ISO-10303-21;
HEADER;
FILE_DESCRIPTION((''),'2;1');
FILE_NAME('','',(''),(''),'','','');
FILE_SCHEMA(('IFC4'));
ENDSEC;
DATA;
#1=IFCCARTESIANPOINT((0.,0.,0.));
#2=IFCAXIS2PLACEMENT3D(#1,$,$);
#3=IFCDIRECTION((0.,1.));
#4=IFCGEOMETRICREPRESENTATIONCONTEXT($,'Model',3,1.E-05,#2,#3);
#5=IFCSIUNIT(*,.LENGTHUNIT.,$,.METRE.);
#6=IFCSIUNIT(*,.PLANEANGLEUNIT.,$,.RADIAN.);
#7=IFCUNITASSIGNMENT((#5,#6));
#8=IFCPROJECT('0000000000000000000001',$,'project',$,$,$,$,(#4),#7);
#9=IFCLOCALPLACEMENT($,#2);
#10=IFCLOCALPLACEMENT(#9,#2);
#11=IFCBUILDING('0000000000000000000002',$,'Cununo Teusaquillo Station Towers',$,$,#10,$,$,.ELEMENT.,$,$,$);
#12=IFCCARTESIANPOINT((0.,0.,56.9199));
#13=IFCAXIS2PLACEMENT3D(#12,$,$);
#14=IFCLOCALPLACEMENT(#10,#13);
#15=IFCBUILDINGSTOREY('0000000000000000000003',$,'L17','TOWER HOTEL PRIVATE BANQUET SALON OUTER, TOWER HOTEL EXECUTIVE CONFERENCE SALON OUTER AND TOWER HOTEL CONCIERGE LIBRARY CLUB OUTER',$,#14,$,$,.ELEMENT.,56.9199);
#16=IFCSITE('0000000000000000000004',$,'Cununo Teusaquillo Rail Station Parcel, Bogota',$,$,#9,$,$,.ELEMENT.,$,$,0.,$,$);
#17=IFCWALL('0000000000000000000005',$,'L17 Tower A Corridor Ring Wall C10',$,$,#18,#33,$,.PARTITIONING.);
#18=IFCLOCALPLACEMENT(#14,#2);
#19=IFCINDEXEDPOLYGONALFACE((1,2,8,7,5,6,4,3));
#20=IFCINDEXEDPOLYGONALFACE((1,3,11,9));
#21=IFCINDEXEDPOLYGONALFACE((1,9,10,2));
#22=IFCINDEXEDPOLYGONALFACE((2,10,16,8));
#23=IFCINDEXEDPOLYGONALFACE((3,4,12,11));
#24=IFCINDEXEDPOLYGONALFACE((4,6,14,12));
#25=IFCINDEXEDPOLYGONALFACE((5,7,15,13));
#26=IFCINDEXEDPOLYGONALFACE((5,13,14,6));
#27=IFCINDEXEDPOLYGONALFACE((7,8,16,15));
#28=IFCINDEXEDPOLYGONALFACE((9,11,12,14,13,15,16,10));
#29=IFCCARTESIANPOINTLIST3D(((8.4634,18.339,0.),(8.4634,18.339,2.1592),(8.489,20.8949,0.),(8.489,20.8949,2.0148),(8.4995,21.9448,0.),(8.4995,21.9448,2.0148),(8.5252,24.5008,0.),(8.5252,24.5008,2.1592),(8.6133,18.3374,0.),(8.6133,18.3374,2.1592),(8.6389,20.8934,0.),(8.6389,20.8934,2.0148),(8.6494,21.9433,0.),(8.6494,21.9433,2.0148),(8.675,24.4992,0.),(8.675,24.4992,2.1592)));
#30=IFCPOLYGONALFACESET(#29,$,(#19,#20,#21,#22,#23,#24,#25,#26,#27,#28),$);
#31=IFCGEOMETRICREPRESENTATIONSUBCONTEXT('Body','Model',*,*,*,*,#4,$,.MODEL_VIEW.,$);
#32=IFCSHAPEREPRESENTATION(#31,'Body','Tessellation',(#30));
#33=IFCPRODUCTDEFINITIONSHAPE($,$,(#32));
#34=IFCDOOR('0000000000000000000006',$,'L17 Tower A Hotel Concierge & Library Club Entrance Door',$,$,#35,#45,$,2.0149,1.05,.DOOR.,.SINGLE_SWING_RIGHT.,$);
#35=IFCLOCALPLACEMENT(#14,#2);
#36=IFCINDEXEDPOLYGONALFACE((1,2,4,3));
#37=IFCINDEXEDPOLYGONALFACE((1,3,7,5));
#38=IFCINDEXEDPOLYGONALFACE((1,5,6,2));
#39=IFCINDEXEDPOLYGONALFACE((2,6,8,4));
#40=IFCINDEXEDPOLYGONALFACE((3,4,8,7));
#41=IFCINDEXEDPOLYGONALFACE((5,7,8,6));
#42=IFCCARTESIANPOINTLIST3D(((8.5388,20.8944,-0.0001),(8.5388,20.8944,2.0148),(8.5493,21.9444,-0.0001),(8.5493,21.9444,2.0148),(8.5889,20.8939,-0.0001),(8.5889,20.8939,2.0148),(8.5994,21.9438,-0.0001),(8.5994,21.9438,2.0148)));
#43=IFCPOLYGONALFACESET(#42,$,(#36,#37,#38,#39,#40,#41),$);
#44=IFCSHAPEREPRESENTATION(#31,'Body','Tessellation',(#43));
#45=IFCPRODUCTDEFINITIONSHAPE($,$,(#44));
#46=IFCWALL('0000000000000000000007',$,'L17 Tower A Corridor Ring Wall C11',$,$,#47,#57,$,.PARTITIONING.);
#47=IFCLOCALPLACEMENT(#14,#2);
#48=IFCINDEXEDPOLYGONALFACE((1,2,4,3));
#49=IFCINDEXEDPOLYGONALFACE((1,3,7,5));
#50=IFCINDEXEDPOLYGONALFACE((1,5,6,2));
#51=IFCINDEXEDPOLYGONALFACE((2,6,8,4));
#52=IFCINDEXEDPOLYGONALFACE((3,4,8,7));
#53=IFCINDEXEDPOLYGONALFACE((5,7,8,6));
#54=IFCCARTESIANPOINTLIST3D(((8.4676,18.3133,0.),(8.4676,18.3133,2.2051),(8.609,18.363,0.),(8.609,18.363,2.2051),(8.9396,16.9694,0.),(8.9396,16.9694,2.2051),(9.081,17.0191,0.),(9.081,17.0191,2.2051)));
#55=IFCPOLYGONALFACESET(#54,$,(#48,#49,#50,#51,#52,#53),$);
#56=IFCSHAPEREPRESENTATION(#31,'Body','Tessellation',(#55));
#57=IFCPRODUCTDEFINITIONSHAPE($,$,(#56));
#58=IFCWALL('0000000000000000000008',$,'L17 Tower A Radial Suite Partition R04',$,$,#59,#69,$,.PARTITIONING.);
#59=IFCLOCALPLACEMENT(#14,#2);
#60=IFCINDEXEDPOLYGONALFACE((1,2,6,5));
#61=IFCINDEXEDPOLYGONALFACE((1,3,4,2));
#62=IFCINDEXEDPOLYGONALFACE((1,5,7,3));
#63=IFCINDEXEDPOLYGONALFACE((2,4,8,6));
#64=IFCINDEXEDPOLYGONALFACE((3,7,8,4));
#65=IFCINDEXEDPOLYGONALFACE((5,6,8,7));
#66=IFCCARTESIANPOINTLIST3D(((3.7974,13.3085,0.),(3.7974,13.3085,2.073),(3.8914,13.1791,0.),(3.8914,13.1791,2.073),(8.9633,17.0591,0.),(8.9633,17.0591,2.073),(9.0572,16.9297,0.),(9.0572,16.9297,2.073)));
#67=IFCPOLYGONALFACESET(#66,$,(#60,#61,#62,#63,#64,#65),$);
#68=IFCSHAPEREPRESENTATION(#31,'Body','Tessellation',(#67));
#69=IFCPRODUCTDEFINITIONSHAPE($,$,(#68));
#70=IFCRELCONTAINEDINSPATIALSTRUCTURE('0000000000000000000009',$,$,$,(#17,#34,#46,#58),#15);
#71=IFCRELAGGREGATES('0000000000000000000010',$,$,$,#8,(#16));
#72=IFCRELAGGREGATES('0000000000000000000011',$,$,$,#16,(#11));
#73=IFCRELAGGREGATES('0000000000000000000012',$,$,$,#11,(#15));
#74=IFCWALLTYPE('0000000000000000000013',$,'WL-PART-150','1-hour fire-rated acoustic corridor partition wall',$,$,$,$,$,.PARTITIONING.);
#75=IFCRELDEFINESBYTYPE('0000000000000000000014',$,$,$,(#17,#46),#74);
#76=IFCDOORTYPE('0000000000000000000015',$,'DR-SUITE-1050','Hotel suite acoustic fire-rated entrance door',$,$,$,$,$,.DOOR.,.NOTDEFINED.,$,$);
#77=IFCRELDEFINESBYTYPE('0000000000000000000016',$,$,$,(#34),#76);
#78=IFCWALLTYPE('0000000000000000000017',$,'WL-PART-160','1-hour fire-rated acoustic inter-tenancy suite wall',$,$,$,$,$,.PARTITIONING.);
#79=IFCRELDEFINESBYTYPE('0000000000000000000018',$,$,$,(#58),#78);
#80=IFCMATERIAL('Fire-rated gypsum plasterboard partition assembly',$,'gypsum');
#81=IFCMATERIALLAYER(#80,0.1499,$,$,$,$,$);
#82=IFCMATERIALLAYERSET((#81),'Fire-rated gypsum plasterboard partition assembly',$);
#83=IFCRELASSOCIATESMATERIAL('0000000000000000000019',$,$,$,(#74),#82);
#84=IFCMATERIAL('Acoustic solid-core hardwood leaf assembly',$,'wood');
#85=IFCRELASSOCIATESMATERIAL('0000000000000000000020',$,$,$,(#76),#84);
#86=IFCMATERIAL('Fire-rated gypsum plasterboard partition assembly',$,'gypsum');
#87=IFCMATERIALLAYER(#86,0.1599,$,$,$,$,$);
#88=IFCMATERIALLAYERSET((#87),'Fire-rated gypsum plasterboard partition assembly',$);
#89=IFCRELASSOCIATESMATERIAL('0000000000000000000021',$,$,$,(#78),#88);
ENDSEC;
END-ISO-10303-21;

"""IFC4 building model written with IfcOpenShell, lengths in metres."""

from ifc_helpers import new_model, si_unit, direction, frame, frame_2d, origin, place, context, subcontext, project, spatial, rectangle, extrude, source, transform, mapped, material, layer, layer_set, type_object, element, fill, save


model = new_model("IFC4")

# Units and contexts
model_context = context("Model", 3, precision=1e-05, world=origin(), true_north=direction((0.0, 1.0)))
body_context = subcontext(model_context, "Body", "Model", "MODEL_VIEW")
ifc_project = project(units=[si_unit("LENGTHUNIT", "METRE"), si_unit("PLANEANGLEUNIT", "RADIAN")], contexts=[model_context])

# Site, building, storey
site_placement = place(None, origin())
site = spatial("IfcSite", under=ifc_project, at=site_placement, Name="Cununo Teusaquillo Rail Station Parcel, Bogota", CompositionType="ELEMENT", RefElevation=0.0)
building_placement = place(site_placement, origin())
building = spatial("IfcBuilding", under=site, at=building_placement, Name="Cununo Teusaquillo Station Towers", CompositionType="ELEMENT")
storey_placement = place(building_placement, frame((0.0, 0.0, 56.9199)))
storey = spatial("IfcBuildingStorey", under=building, at=storey_placement, Name="L17", Description="TOWER HOTEL PRIVATE BANQUET SALON OUTER, TOWER HOTEL EXECUTIVE CONFERENCE SALON OUTER AND TOWER HOTEL CONCIERGE LIBRARY CLUB OUTER", CompositionType="ELEMENT", Elevation=56.9199)

# Wall, opening, door
ifc_material_1 = material(Name="Fire-rated gypsum plasterboard partition assembly", Category="gypsum")
ifc_layer_1 = layer(ifc_material_1, 0.1499)
ifc_layer_set_1 = layer_set([ifc_layer_1], Name="Fire-rated gypsum plasterboard partition assembly")
wall_type_1 = type_object("IfcWallType", Name="WL-PART-150", Description="1-hour fire-rated acoustic corridor partition wall", PredefinedType="PARTITIONING", material=ifc_layer_set_1)
wall_1_placement = place(storey_placement, frame((8.6001, 24.5, 0.0), z_axis=(0.0, 0.0, 1.0), x_axis=(-0.010024, -0.99995, 0.0)))
wall_1 = element("IfcWall", 1, at=wall_1_placement, inside=storey, type_object=wall_type_1, Name="L17 Tower A Corridor Ring Wall C10", PredefinedType="PARTITIONING", context=body_context, shape_type="SweptSolid", body=[
    extrude(rectangle(XDim=6.1621, YDim=0.1499, at=frame_2d((3.0811, 0.0))), origin(), (0.0, 0.0, 1.0), 2.1592),
])
shared_shape_1 = source(origin(), body_context, "Body", "SweptSolid", [
    extrude(rectangle(XDim=1.05, YDim=2.0149, at=frame_2d((0.5249, 1.0073))), frame((0.0, 0.085, 0.0), z_axis=(0.0, -1.0, 0.0), x_axis=(1.0, 0.0, 0.0)), (0.0, 0.0, 1.0), 0.1699),
])
opening_1_placement = place(wall_1_placement, frame((2.5562, 0.0, 0.0)))
opening_1 = element("IfcOpeningElement", 2, at=opening_1_placement, cuts=wall_1, PredefinedType="OPENING", context=body_context, shape_type="MappedRepresentation", body=[
    mapped(shared_shape_1, transform((0.0, 0.0, 0.0), x_axis=(1.0, 0.0, 0.0), y_axis=(0.0, 1.0, 0.0), z_axis=(0.0, 0.0, 1.0), scale=1.0)),
])
ifc_material_2 = material(Name="Acoustic solid-core hardwood leaf assembly", Category="wood")
door_type_1 = type_object("IfcDoorType", Name="DR-SUITE-1050", Description="Hotel suite acoustic fire-rated entrance door", OperationType="NOTDEFINED", PredefinedType="DOOR", material=ifc_material_2)
shared_shape_2 = source(origin(), body_context, "Body", "SweptSolid", [
    extrude(rectangle(XDim=1.05, YDim=2.0149, at=frame_2d((0.5249, 1.0073))), frame((0.0, 0.0249, 0.0), z_axis=(0.0, -1.0, 0.0), x_axis=(1.0, 0.0, 0.0)), (0.0, 0.0, 1.0), 0.05),
])
door_1_placement = place(opening_1_placement, origin())
door_1 = element("IfcDoor", 3, at=door_1_placement, inside=storey, type_object=door_type_1, Name="L17 Tower A Hotel Concierge & Library Club Entrance Door", OperationType="SINGLE_SWING_RIGHT", OverallHeight=2.0149, OverallWidth=1.05, PredefinedType="DOOR", context=body_context, shape_type="MappedRepresentation", body=[
    mapped(shared_shape_2, transform((0.0, 0.0, 0.0), x_axis=(1.0, 0.0, 0.0), y_axis=(0.0, 1.0, 0.0), z_axis=(0.0, 0.0, 1.0), scale=1.0)),
])
fill(opening_1, door_1)

# Walls
wall_2_placement = place(storey_placement, frame((8.5383, 18.3381, 0.0), z_axis=(0.0, 0.0, 1.0), x_axis=(0.331358, -0.943505, 0.0)))
element("IfcWall", 4, at=wall_2_placement, inside=storey, type_object=wall_type_1, Name="L17 Tower A Corridor Ring Wall C11", PredefinedType="PARTITIONING", context=body_context, shape_type="SweptSolid", body=[
    extrude(rectangle(XDim=1.4243, YDim=0.1499, at=frame_2d((0.7122, 0.0))), origin(), (0.0, 0.0, 1.0), 2.2051),
])
ifc_material_3 = material(Name="Fire-rated gypsum plasterboard partition assembly", Category="gypsum")
ifc_layer_2 = layer(ifc_material_3, 0.1599)
ifc_layer_set_2 = layer_set([ifc_layer_2], Name="Fire-rated gypsum plasterboard partition assembly")
wall_type_2 = type_object("IfcWallType", Name="WL-PART-160", Description="1-hour fire-rated acoustic inter-tenancy suite wall", PredefinedType="PARTITIONING", material=ifc_layer_set_2)
wall_3_placement = place(storey_placement, frame((9.0103, 16.9944, 0.0), z_axis=(0.0, 0.0, 1.0), x_axis=(-0.809215, -0.587512, 0.0)))
element("IfcWall", 5, at=wall_3_placement, inside=storey, type_object=wall_type_2, Name="L17 Tower A Radial Suite Partition R04", PredefinedType="PARTITIONING", context=body_context, shape_type="SweptSolid", body=[
    extrude(rectangle(XDim=6.3838, YDim=0.1599, at=frame_2d((3.1919, 0.0))), origin(), (0.0, 0.0, 1.0), 2.073),
])

save(model, "model.ifc")
